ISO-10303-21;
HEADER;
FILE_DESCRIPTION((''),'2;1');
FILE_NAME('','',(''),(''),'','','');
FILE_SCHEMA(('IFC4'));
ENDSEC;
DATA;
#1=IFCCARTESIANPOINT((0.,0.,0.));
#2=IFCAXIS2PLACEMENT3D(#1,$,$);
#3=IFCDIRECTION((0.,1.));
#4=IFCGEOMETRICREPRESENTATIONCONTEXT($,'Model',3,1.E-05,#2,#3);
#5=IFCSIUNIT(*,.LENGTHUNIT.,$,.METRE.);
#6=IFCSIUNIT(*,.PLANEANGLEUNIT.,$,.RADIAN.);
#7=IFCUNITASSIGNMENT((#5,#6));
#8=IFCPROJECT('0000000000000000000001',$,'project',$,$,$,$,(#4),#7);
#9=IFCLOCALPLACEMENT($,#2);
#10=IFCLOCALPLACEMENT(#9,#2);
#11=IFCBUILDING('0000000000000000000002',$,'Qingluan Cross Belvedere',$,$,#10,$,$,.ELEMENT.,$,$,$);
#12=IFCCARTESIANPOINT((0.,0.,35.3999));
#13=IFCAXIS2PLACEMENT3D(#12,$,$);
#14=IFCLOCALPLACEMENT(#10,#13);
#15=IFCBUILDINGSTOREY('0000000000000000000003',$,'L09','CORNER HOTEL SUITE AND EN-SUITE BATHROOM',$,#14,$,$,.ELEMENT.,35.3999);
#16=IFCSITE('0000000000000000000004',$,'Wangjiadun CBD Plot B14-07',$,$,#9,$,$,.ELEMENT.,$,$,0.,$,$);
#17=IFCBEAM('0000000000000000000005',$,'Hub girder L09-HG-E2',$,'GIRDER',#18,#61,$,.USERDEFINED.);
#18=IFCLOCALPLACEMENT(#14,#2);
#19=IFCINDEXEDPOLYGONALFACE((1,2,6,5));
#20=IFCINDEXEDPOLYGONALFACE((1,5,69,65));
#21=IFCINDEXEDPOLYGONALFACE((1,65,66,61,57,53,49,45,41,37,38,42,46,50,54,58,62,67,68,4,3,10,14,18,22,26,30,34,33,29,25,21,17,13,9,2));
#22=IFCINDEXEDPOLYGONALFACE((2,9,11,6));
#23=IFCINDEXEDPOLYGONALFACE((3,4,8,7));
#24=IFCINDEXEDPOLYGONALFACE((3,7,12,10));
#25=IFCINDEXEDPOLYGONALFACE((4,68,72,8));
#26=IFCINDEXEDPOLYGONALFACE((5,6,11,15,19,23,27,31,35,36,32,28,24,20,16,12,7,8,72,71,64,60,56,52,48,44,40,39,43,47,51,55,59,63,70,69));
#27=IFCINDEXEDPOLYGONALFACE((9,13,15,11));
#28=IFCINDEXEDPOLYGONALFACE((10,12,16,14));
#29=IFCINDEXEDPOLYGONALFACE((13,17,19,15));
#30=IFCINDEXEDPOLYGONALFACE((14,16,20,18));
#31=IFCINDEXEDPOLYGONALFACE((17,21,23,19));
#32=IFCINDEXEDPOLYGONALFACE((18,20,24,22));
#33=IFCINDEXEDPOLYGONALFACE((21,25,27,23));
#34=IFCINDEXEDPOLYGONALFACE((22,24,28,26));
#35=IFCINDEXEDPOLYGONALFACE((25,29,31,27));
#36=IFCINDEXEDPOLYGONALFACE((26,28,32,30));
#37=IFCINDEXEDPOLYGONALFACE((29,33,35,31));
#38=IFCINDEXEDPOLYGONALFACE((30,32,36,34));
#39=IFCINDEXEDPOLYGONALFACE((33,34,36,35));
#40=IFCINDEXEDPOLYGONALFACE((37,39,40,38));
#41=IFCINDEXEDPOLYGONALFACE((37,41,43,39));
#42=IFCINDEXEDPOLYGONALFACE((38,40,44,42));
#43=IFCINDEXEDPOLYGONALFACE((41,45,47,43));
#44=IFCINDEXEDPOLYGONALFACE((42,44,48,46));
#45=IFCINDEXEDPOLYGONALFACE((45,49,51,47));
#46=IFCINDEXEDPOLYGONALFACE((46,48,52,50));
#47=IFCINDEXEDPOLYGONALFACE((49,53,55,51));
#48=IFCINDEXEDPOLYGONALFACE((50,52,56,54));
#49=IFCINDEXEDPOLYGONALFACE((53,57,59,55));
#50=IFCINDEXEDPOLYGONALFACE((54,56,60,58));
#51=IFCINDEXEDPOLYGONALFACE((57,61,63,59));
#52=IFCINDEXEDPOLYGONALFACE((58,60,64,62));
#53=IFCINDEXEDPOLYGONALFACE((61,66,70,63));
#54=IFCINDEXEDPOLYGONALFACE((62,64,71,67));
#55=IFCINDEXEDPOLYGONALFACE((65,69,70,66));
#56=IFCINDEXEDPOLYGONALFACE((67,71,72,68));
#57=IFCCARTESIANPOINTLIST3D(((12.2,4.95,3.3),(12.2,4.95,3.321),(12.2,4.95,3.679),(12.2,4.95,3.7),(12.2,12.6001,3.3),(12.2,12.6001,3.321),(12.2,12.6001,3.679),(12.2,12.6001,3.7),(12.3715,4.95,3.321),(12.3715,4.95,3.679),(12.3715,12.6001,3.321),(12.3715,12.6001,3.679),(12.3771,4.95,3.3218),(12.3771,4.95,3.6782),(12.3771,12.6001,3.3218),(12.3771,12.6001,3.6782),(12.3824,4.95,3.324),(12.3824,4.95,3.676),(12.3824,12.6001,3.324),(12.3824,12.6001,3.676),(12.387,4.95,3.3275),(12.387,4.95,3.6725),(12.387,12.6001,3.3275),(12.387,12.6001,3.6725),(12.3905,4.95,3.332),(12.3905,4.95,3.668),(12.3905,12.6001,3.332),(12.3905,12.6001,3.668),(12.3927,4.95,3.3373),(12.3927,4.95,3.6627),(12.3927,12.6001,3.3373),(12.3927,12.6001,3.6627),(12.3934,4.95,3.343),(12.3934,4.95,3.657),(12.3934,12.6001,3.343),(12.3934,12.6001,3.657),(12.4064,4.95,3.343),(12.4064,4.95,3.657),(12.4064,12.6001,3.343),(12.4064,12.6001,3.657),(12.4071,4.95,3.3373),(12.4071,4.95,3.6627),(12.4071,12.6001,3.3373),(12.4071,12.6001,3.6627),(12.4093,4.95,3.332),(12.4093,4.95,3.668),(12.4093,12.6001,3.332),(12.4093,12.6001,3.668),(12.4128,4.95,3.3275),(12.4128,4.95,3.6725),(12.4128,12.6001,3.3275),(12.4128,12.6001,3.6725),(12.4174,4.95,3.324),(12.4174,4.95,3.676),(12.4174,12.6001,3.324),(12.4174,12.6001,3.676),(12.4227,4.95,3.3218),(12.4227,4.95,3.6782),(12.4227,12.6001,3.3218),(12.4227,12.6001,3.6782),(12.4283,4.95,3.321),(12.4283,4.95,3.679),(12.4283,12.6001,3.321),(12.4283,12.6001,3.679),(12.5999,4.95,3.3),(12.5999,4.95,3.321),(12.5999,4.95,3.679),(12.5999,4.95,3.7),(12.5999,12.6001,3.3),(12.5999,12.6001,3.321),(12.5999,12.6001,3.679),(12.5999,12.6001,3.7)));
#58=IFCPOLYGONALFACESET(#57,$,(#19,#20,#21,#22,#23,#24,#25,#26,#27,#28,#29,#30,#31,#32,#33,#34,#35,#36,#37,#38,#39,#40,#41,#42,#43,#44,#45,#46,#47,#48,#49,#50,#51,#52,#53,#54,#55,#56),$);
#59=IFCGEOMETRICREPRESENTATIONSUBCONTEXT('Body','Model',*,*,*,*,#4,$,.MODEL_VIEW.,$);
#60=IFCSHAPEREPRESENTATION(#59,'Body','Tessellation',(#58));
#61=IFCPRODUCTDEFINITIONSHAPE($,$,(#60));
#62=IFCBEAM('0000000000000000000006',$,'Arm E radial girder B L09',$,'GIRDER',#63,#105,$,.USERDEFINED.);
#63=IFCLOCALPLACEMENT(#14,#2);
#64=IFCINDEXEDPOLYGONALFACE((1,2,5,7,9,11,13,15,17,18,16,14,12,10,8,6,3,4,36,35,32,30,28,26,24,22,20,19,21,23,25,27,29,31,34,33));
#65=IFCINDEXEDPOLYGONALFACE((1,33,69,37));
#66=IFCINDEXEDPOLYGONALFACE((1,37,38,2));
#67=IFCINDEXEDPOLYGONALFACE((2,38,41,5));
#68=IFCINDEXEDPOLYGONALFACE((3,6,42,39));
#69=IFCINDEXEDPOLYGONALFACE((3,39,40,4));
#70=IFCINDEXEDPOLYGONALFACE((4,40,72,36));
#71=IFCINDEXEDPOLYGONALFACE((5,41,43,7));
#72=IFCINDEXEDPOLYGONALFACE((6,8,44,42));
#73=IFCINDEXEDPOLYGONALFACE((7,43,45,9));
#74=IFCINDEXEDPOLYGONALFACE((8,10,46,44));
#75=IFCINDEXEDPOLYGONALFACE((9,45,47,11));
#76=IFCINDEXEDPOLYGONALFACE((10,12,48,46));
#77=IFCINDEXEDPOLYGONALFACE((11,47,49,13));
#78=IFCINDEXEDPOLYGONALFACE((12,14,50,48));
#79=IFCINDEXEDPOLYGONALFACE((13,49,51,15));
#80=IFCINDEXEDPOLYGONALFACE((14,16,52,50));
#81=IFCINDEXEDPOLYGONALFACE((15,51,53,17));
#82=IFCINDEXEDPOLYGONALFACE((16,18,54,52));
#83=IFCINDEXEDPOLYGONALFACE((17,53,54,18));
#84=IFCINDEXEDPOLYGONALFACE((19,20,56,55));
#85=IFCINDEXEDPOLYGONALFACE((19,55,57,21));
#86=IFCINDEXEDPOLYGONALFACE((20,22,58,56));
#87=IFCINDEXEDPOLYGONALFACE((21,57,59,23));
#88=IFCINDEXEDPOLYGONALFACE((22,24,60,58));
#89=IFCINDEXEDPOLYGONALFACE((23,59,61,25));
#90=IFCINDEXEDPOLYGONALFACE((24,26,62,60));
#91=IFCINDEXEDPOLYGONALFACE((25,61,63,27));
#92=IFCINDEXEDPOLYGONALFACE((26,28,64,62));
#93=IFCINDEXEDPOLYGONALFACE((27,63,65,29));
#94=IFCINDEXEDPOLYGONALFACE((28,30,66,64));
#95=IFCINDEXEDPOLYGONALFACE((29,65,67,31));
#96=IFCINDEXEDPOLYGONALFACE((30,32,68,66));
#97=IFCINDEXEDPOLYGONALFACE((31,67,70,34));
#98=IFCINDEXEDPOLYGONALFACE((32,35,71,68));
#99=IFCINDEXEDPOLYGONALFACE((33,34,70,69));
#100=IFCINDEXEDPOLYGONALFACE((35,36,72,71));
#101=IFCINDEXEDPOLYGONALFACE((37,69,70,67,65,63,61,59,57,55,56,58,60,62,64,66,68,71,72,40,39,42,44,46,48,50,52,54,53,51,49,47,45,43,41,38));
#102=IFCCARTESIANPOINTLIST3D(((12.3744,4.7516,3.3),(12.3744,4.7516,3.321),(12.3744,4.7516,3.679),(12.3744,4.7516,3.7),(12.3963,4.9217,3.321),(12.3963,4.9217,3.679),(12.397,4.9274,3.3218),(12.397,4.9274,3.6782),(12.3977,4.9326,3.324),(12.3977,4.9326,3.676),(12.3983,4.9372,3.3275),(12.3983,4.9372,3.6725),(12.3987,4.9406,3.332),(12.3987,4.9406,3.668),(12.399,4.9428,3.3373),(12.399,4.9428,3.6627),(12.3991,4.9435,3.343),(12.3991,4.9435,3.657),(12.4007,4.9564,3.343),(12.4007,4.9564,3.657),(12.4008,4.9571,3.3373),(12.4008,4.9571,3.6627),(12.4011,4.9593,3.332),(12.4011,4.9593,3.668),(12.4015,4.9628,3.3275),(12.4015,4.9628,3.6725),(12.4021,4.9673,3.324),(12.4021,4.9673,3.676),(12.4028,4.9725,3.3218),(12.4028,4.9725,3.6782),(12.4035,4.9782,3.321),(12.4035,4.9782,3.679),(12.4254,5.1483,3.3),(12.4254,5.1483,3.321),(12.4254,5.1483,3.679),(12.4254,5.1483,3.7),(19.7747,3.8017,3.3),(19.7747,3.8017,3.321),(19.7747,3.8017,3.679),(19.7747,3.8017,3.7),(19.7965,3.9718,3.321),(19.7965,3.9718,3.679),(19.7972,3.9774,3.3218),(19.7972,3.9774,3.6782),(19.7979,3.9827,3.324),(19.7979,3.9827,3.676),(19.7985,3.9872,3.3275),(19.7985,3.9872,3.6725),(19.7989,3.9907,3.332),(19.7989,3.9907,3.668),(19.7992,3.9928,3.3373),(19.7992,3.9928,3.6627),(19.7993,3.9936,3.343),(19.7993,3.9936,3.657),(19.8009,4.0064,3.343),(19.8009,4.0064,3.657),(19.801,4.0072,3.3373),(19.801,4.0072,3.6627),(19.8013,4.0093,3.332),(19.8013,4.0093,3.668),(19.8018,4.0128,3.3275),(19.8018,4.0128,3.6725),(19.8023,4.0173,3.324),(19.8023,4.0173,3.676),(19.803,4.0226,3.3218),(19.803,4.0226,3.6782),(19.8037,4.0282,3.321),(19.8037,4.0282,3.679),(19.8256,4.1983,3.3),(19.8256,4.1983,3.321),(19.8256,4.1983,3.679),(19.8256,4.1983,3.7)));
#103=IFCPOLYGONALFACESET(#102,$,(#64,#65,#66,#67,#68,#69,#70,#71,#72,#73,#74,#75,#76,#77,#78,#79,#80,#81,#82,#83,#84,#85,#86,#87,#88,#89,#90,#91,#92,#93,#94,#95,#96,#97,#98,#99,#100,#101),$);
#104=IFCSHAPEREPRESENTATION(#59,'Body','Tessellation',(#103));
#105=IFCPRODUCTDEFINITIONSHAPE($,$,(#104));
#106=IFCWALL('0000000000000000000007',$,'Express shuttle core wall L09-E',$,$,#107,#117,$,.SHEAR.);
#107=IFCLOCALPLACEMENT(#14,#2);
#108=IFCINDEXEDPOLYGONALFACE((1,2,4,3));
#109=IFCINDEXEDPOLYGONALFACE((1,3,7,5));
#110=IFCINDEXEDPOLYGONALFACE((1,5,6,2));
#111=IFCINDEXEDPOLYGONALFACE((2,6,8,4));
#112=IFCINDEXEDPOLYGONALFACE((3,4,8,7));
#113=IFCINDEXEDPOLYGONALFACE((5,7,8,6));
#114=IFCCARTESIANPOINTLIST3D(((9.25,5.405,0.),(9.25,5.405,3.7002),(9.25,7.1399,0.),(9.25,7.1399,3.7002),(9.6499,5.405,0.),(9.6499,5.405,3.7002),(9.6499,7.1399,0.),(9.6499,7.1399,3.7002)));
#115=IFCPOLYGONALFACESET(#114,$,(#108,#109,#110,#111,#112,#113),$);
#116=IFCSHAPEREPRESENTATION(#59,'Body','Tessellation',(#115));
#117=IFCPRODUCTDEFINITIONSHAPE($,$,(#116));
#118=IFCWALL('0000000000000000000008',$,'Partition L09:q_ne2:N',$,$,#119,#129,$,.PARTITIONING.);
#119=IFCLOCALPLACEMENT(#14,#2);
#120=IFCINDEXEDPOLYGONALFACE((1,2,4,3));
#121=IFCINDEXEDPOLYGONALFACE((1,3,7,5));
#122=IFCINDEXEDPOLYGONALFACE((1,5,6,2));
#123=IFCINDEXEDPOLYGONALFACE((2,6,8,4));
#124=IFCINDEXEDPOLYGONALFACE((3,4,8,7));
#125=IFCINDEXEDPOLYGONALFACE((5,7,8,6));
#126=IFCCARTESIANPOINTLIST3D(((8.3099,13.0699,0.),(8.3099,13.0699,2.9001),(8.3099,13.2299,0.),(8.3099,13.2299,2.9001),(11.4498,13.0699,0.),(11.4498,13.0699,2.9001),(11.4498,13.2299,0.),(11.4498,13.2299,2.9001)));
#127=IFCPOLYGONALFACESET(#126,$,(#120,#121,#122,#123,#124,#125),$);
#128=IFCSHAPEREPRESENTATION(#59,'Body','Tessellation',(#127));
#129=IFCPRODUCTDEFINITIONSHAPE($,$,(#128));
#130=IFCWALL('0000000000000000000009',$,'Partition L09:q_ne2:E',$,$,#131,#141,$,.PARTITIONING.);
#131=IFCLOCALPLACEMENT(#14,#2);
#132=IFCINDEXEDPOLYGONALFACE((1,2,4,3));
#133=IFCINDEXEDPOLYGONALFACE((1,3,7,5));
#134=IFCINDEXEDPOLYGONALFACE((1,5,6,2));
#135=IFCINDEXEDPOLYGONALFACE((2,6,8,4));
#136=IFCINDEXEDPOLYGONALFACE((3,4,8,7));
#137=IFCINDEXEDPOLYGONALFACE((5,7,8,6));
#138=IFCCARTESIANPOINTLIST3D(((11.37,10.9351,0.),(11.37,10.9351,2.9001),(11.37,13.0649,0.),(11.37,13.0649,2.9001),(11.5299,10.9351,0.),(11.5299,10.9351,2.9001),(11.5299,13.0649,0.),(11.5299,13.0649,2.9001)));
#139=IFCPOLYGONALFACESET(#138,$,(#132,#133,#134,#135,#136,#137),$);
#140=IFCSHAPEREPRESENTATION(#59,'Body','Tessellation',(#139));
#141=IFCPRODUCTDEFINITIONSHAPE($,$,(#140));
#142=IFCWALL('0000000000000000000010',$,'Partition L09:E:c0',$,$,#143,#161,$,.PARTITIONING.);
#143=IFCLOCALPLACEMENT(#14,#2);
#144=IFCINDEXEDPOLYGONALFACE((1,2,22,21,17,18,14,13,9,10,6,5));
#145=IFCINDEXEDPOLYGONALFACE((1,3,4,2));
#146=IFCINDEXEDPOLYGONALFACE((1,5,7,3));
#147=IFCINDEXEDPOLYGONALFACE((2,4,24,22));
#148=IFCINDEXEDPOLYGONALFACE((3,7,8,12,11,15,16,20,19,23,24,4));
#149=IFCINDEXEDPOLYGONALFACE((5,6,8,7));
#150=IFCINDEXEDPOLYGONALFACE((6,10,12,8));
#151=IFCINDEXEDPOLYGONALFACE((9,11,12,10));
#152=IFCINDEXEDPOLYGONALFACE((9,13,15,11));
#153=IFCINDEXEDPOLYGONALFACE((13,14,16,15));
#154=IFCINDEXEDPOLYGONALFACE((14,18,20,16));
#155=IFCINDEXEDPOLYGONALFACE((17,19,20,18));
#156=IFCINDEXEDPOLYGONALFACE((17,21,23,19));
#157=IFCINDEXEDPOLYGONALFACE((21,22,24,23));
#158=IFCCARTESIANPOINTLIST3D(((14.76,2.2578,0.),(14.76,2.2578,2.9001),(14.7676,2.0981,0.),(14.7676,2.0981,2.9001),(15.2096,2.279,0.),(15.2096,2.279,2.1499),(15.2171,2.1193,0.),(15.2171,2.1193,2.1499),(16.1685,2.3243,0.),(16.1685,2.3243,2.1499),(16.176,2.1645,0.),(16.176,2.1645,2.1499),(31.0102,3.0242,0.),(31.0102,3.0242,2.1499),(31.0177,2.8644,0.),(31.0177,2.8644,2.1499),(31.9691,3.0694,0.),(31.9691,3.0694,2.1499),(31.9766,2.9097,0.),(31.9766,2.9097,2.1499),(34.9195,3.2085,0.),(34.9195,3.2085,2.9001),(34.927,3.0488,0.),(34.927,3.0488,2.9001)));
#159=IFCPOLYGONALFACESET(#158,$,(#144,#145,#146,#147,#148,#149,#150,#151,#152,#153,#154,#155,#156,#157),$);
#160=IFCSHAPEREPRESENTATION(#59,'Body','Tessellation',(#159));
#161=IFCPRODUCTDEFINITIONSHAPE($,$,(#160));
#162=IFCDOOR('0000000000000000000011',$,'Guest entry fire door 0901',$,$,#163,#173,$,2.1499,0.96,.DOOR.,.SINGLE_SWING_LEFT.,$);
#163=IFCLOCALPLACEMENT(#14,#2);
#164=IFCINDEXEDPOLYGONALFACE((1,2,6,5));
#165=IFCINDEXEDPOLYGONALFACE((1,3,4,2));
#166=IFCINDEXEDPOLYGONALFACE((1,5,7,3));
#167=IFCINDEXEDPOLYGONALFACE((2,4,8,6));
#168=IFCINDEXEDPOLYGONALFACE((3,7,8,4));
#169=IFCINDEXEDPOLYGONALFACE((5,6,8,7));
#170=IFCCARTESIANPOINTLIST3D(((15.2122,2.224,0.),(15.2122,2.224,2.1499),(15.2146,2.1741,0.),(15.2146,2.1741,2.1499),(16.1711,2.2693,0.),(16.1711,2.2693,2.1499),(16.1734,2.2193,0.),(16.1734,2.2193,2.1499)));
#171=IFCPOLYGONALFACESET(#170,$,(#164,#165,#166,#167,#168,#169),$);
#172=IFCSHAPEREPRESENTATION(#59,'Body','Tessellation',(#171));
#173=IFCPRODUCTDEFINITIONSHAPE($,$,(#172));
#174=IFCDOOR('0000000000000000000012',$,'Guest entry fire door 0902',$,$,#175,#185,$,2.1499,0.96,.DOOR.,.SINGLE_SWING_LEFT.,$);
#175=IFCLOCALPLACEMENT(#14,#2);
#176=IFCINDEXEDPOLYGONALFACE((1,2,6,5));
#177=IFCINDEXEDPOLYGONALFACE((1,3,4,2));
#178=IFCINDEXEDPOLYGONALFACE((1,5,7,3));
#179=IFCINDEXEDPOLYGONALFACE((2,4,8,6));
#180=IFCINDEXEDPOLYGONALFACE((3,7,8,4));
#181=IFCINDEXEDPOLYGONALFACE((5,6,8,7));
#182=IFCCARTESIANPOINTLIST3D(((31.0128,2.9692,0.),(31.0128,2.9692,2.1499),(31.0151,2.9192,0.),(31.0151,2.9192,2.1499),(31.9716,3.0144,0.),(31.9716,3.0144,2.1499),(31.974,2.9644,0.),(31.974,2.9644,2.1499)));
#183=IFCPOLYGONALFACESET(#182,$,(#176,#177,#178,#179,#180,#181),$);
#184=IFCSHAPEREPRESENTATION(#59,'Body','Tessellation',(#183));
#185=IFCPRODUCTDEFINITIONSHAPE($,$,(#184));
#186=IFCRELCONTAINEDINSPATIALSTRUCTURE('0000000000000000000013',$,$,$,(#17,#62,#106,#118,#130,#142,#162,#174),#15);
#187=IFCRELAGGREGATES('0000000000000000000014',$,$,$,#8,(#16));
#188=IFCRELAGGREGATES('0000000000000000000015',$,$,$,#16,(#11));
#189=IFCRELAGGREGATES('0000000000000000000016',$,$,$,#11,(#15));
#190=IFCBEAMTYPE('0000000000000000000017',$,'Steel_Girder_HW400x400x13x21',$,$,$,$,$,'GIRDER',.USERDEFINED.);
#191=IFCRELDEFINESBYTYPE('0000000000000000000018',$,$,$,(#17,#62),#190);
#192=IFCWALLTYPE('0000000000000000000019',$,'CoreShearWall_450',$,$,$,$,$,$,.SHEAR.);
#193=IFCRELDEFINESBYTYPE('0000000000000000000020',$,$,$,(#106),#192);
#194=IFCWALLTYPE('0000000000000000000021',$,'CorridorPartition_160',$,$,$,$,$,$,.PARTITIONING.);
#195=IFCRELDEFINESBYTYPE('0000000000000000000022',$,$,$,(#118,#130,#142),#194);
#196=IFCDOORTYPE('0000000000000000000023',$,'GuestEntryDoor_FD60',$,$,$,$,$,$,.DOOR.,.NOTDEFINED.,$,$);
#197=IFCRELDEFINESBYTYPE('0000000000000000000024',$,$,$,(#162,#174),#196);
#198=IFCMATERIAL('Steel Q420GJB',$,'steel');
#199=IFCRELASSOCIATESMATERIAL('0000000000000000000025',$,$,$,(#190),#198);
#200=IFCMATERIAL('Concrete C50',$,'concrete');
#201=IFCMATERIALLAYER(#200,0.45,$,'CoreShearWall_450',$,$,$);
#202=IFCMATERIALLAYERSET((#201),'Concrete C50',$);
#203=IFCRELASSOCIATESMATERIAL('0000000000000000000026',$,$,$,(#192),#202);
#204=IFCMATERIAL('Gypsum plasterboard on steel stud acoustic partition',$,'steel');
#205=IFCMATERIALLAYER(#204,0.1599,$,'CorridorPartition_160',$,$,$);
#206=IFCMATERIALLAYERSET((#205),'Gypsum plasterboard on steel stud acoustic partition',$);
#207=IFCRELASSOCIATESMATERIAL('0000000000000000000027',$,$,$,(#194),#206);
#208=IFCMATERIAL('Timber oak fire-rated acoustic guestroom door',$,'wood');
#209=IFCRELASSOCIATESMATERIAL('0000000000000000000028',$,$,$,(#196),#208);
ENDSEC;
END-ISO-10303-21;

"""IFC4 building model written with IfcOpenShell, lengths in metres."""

from ifc_helpers import new_model, si_unit, direction, frame, frame_2d, origin, origin_2d, place, context, subcontext, project, spatial, rectangle, i_section, extrude, material, layer, layer_set, material_profile, profile_set, type_object, element, fill, save


model = new_model("IFC4")

# Units and contexts
model_context = context("Model", 3, precision=1e-05, world=origin(), true_north=direction((0.0, 1.0)))
body_context = subcontext(model_context, "Body", "Model", "MODEL_VIEW")
ifc_project = project(units=[si_unit("LENGTHUNIT", "METRE"), si_unit("PLANEANGLEUNIT", "RADIAN")], contexts=[model_context])

# Site, building, storey
site_placement = place(None, origin())
site = spatial("IfcSite", under=ifc_project, at=site_placement, Name="Wangjiadun CBD Plot B14-07", CompositionType="ELEMENT", RefElevation=0.0)
building_placement = place(site_placement, origin())
building = spatial("IfcBuilding", under=site, at=building_placement, Name="Qingluan Cross Belvedere", CompositionType="ELEMENT")
storey_placement = place(building_placement, frame((0.0, 0.0, 35.3999)))
storey = spatial("IfcBuildingStorey", under=building, at=storey_placement, Name="L09", Description="CORNER HOTEL SUITE AND EN-SUITE BATHROOM", CompositionType="ELEMENT", Elevation=35.3999)

# Beams
ifc_material_1 = material(Name="Steel Q420GJB", Category="steel")
ifc_material_profile_1 = material_profile(ifc_material_1, i_section(OverallWidth=0.3999, OverallDepth=0.3999, WebThickness=0.0129, FlangeThickness=0.021, FilletRadius=0.022, at=origin_2d()), Name="HW400x400x13x21")
ifc_profile_set_1 = profile_set([ifc_material_profile_1], Name="Steel Q420GJB")
beam_type_1 = type_object("IfcBeamType", Name="Steel_Girder_HW400x400x13x21", ElementType="GIRDER", PredefinedType="USERDEFINED", material=ifc_profile_set_1)
beam_1_placement = place(storey_placement, frame((12.3999, 4.95, 3.5), z_axis=(0.0, 1.0, 0.0), x_axis=(-1.0, 0.0, 0.0)))
element("IfcBeam", 1, at=beam_1_placement, inside=storey, type_object=beam_type_1, Name="Hub girder L09-HG-E2", ObjectType="GIRDER", PredefinedType="USERDEFINED", context=body_context, shape_type="SweptSolid", body=[
    extrude(i_section(OverallWidth=0.3999, OverallDepth=0.3999, WebThickness=0.0129, FlangeThickness=0.021, FilletRadius=0.022, at=origin_2d()), origin(), (0.0, 0.0, 1.0), 7.6501),
])
beam_2_placement = place(storey_placement, frame((12.3999, 4.95, 3.5), z_axis=(0.991861, -0.127324, 0.0), x_axis=(0.127324, 0.991861, 0.0)))
element("IfcBeam", 2, at=beam_2_placement, inside=storey, type_object=beam_type_1, Name="Arm E radial girder B L09", ObjectType="GIRDER", PredefinedType="USERDEFINED", context=body_context, shape_type="SweptSolid", body=[
    extrude(i_section(OverallWidth=0.3999, OverallDepth=0.3999, WebThickness=0.0129, FlangeThickness=0.021, FilletRadius=0.022, at=origin_2d()), origin(), (0.0, 0.0, 1.0), 7.4609),
])

# Wall
ifc_material_2 = material(Name="Concrete C50", Category="concrete")
ifc_layer_1 = layer(ifc_material_2, 0.45, Name="CoreShearWall_450")
ifc_layer_set_1 = layer_set([ifc_layer_1], Name="Concrete C50")
wall_type_1 = type_object("IfcWallType", Name="CoreShearWall_450", PredefinedType="SHEAR", material=ifc_layer_set_1)
wall_1_placement = place(storey_placement, frame((9.45, 5.405, 0.0), z_axis=(0.0, 0.0, 1.0), x_axis=(0.0, 1.0, 0.0)))
element("IfcWall", 3, at=wall_1_placement, inside=storey, type_object=wall_type_1, Name="Express shuttle core wall L09-E", PredefinedType="SHEAR", context=body_context, shape_type="SweptSolid", body=[
    extrude(rectangle(XDim=1.7349, YDim=0.3999, at=frame_2d((0.8674, 0.0))), origin(), (0.0, 0.0, 1.0), 3.7002),
])

# Shared definitions
ifc_material_3 = material(Name="Gypsum plasterboard on steel stud acoustic partition", Category="steel")
ifc_layer_2 = layer(ifc_material_3, 0.1599, Name="CorridorPartition_160")
ifc_layer_set_2 = layer_set([ifc_layer_2], Name="Gypsum plasterboard on steel stud acoustic partition")
wall_type_2 = type_object("IfcWallType", Name="CorridorPartition_160", PredefinedType="PARTITIONING", material=ifc_layer_set_2)
ifc_material_4 = material(Name="Timber oak fire-rated acoustic guestroom door", Category="wood")
door_type = type_object("IfcDoorType", Name="GuestEntryDoor_FD60", OperationType="NOTDEFINED", PredefinedType="DOOR", material=ifc_material_4)

# Walls
wall_2_placement = place(storey_placement, frame((8.3101, 13.1499, 0.0), z_axis=(0.0, 0.0, 1.0), x_axis=(1.0, 0.0, 0.0)))
element("IfcWall", 4, at=wall_2_placement, inside=storey, type_object=wall_type_2, Name="Partition L09:q_ne2:N", PredefinedType="PARTITIONING", context=body_context, shape_type="SweptSolid", body=[
    extrude(rectangle(XDim=3.1399, YDim=0.1599, at=frame_2d((1.5698, 0.0))), origin(), (0.0, 0.0, 1.0), 2.9001),
])
wall_3_placement = place(storey_placement, frame((11.45, 10.9351, 0.0), z_axis=(0.0, 0.0, 1.0), x_axis=(0.0, 1.0, 0.0)))
element("IfcWall", 5, at=wall_3_placement, inside=storey, type_object=wall_type_2, Name="Partition L09:q_ne2:E", PredefinedType="PARTITIONING", context=body_context, shape_type="SweptSolid", body=[
    extrude(rectangle(XDim=2.1299, YDim=0.1599, at=frame_2d((1.0649, 0.0))), origin(), (0.0, 0.0, 1.0), 2.9001),
])

# Wall, openings, doors
wall_4_placement = place(storey_placement, frame((14.7639, 2.178, 0.0), z_axis=(0.0, 0.0, 1.0), x_axis=(0.99889, 0.047106, 0.0)))
wall_4 = element("IfcWall", 6, at=wall_4_placement, inside=storey, type_object=wall_type_2, Name="Partition L09:E:c0", PredefinedType="PARTITIONING", context=body_context, shape_type="SweptSolid", body=[
    extrude(rectangle(XDim=20.1819, YDim=0.1599, at=frame_2d((10.0908, 0.0))), origin(), (0.0, 0.0, 1.0), 2.9001),
])
opening_1_placement = place(wall_4_placement, frame((0.45, 0.0, 0.0)))
opening_1 = element("IfcOpeningElement", 7, at=opening_1_placement, cuts=wall_4, PredefinedType="OPENING", context=body_context, shape_type="SweptSolid", body=[
    extrude(rectangle(XDim=0.96, YDim=2.1499, at=frame_2d((0.48, 1.075))), frame((0.0, 0.0898, 0.0), z_axis=(0.0, -1.0, 0.0), x_axis=(1.0, 0.0, 0.0)), (0.0, 0.0, 1.0), 0.1799),
])
opening_2_placement = place(wall_4_placement, frame((16.2681, 0.0, 0.0)))
opening_2 = element("IfcOpeningElement", 8, at=opening_2_placement, cuts=wall_4, PredefinedType="OPENING", context=body_context, shape_type="SweptSolid", body=[
    extrude(rectangle(XDim=0.96, YDim=2.1499, at=frame_2d((0.48, 1.075))), frame((0.0, 0.0898, 0.0), z_axis=(0.0, -1.0, 0.0), x_axis=(1.0, 0.0, 0.0)), (0.0, 0.0, 1.0), 0.1799),
])
door_1_placement = place(opening_1_placement, origin())
door_1 = element("IfcDoor", 9, at=door_1_placement, inside=storey, type_object=door_type, Name="Guest entry fire door 0901", OperationType="SINGLE_SWING_LEFT", OverallHeight=2.1499, OverallWidth=0.96, PredefinedType="DOOR", context=body_context, shape_type="SweptSolid", body=[
    extrude(rectangle(XDim=0.96, YDim=2.1499, at=frame_2d((0.48, 1.075))), frame((0.0, 0.0249, 0.0), z_axis=(0.0, -1.0, 0.0), x_axis=(1.0, 0.0, 0.0)), (0.0, 0.0, 1.0), 0.05),
])
fill(opening_1, door_1)
door_2_placement = place(opening_2_placement, origin())
door_2 = element("IfcDoor", 10, at=door_2_placement, inside=storey, type_object=door_type, Name="Guest entry fire door 0902", OperationType="SINGLE_SWING_LEFT", OverallHeight=2.1499, OverallWidth=0.96, PredefinedType="DOOR", context=body_context, shape_type="SweptSolid", body=[
    extrude(rectangle(XDim=0.96, YDim=2.1499, at=frame_2d((0.48, 1.075))), frame((0.0, 0.0249, 0.0), z_axis=(0.0, -1.0, 0.0), x_axis=(1.0, 0.0, 0.0)), (0.0, 0.0, 1.0), 0.05),
])
fill(opening_2, door_2)

save(model, "model.ifc")
